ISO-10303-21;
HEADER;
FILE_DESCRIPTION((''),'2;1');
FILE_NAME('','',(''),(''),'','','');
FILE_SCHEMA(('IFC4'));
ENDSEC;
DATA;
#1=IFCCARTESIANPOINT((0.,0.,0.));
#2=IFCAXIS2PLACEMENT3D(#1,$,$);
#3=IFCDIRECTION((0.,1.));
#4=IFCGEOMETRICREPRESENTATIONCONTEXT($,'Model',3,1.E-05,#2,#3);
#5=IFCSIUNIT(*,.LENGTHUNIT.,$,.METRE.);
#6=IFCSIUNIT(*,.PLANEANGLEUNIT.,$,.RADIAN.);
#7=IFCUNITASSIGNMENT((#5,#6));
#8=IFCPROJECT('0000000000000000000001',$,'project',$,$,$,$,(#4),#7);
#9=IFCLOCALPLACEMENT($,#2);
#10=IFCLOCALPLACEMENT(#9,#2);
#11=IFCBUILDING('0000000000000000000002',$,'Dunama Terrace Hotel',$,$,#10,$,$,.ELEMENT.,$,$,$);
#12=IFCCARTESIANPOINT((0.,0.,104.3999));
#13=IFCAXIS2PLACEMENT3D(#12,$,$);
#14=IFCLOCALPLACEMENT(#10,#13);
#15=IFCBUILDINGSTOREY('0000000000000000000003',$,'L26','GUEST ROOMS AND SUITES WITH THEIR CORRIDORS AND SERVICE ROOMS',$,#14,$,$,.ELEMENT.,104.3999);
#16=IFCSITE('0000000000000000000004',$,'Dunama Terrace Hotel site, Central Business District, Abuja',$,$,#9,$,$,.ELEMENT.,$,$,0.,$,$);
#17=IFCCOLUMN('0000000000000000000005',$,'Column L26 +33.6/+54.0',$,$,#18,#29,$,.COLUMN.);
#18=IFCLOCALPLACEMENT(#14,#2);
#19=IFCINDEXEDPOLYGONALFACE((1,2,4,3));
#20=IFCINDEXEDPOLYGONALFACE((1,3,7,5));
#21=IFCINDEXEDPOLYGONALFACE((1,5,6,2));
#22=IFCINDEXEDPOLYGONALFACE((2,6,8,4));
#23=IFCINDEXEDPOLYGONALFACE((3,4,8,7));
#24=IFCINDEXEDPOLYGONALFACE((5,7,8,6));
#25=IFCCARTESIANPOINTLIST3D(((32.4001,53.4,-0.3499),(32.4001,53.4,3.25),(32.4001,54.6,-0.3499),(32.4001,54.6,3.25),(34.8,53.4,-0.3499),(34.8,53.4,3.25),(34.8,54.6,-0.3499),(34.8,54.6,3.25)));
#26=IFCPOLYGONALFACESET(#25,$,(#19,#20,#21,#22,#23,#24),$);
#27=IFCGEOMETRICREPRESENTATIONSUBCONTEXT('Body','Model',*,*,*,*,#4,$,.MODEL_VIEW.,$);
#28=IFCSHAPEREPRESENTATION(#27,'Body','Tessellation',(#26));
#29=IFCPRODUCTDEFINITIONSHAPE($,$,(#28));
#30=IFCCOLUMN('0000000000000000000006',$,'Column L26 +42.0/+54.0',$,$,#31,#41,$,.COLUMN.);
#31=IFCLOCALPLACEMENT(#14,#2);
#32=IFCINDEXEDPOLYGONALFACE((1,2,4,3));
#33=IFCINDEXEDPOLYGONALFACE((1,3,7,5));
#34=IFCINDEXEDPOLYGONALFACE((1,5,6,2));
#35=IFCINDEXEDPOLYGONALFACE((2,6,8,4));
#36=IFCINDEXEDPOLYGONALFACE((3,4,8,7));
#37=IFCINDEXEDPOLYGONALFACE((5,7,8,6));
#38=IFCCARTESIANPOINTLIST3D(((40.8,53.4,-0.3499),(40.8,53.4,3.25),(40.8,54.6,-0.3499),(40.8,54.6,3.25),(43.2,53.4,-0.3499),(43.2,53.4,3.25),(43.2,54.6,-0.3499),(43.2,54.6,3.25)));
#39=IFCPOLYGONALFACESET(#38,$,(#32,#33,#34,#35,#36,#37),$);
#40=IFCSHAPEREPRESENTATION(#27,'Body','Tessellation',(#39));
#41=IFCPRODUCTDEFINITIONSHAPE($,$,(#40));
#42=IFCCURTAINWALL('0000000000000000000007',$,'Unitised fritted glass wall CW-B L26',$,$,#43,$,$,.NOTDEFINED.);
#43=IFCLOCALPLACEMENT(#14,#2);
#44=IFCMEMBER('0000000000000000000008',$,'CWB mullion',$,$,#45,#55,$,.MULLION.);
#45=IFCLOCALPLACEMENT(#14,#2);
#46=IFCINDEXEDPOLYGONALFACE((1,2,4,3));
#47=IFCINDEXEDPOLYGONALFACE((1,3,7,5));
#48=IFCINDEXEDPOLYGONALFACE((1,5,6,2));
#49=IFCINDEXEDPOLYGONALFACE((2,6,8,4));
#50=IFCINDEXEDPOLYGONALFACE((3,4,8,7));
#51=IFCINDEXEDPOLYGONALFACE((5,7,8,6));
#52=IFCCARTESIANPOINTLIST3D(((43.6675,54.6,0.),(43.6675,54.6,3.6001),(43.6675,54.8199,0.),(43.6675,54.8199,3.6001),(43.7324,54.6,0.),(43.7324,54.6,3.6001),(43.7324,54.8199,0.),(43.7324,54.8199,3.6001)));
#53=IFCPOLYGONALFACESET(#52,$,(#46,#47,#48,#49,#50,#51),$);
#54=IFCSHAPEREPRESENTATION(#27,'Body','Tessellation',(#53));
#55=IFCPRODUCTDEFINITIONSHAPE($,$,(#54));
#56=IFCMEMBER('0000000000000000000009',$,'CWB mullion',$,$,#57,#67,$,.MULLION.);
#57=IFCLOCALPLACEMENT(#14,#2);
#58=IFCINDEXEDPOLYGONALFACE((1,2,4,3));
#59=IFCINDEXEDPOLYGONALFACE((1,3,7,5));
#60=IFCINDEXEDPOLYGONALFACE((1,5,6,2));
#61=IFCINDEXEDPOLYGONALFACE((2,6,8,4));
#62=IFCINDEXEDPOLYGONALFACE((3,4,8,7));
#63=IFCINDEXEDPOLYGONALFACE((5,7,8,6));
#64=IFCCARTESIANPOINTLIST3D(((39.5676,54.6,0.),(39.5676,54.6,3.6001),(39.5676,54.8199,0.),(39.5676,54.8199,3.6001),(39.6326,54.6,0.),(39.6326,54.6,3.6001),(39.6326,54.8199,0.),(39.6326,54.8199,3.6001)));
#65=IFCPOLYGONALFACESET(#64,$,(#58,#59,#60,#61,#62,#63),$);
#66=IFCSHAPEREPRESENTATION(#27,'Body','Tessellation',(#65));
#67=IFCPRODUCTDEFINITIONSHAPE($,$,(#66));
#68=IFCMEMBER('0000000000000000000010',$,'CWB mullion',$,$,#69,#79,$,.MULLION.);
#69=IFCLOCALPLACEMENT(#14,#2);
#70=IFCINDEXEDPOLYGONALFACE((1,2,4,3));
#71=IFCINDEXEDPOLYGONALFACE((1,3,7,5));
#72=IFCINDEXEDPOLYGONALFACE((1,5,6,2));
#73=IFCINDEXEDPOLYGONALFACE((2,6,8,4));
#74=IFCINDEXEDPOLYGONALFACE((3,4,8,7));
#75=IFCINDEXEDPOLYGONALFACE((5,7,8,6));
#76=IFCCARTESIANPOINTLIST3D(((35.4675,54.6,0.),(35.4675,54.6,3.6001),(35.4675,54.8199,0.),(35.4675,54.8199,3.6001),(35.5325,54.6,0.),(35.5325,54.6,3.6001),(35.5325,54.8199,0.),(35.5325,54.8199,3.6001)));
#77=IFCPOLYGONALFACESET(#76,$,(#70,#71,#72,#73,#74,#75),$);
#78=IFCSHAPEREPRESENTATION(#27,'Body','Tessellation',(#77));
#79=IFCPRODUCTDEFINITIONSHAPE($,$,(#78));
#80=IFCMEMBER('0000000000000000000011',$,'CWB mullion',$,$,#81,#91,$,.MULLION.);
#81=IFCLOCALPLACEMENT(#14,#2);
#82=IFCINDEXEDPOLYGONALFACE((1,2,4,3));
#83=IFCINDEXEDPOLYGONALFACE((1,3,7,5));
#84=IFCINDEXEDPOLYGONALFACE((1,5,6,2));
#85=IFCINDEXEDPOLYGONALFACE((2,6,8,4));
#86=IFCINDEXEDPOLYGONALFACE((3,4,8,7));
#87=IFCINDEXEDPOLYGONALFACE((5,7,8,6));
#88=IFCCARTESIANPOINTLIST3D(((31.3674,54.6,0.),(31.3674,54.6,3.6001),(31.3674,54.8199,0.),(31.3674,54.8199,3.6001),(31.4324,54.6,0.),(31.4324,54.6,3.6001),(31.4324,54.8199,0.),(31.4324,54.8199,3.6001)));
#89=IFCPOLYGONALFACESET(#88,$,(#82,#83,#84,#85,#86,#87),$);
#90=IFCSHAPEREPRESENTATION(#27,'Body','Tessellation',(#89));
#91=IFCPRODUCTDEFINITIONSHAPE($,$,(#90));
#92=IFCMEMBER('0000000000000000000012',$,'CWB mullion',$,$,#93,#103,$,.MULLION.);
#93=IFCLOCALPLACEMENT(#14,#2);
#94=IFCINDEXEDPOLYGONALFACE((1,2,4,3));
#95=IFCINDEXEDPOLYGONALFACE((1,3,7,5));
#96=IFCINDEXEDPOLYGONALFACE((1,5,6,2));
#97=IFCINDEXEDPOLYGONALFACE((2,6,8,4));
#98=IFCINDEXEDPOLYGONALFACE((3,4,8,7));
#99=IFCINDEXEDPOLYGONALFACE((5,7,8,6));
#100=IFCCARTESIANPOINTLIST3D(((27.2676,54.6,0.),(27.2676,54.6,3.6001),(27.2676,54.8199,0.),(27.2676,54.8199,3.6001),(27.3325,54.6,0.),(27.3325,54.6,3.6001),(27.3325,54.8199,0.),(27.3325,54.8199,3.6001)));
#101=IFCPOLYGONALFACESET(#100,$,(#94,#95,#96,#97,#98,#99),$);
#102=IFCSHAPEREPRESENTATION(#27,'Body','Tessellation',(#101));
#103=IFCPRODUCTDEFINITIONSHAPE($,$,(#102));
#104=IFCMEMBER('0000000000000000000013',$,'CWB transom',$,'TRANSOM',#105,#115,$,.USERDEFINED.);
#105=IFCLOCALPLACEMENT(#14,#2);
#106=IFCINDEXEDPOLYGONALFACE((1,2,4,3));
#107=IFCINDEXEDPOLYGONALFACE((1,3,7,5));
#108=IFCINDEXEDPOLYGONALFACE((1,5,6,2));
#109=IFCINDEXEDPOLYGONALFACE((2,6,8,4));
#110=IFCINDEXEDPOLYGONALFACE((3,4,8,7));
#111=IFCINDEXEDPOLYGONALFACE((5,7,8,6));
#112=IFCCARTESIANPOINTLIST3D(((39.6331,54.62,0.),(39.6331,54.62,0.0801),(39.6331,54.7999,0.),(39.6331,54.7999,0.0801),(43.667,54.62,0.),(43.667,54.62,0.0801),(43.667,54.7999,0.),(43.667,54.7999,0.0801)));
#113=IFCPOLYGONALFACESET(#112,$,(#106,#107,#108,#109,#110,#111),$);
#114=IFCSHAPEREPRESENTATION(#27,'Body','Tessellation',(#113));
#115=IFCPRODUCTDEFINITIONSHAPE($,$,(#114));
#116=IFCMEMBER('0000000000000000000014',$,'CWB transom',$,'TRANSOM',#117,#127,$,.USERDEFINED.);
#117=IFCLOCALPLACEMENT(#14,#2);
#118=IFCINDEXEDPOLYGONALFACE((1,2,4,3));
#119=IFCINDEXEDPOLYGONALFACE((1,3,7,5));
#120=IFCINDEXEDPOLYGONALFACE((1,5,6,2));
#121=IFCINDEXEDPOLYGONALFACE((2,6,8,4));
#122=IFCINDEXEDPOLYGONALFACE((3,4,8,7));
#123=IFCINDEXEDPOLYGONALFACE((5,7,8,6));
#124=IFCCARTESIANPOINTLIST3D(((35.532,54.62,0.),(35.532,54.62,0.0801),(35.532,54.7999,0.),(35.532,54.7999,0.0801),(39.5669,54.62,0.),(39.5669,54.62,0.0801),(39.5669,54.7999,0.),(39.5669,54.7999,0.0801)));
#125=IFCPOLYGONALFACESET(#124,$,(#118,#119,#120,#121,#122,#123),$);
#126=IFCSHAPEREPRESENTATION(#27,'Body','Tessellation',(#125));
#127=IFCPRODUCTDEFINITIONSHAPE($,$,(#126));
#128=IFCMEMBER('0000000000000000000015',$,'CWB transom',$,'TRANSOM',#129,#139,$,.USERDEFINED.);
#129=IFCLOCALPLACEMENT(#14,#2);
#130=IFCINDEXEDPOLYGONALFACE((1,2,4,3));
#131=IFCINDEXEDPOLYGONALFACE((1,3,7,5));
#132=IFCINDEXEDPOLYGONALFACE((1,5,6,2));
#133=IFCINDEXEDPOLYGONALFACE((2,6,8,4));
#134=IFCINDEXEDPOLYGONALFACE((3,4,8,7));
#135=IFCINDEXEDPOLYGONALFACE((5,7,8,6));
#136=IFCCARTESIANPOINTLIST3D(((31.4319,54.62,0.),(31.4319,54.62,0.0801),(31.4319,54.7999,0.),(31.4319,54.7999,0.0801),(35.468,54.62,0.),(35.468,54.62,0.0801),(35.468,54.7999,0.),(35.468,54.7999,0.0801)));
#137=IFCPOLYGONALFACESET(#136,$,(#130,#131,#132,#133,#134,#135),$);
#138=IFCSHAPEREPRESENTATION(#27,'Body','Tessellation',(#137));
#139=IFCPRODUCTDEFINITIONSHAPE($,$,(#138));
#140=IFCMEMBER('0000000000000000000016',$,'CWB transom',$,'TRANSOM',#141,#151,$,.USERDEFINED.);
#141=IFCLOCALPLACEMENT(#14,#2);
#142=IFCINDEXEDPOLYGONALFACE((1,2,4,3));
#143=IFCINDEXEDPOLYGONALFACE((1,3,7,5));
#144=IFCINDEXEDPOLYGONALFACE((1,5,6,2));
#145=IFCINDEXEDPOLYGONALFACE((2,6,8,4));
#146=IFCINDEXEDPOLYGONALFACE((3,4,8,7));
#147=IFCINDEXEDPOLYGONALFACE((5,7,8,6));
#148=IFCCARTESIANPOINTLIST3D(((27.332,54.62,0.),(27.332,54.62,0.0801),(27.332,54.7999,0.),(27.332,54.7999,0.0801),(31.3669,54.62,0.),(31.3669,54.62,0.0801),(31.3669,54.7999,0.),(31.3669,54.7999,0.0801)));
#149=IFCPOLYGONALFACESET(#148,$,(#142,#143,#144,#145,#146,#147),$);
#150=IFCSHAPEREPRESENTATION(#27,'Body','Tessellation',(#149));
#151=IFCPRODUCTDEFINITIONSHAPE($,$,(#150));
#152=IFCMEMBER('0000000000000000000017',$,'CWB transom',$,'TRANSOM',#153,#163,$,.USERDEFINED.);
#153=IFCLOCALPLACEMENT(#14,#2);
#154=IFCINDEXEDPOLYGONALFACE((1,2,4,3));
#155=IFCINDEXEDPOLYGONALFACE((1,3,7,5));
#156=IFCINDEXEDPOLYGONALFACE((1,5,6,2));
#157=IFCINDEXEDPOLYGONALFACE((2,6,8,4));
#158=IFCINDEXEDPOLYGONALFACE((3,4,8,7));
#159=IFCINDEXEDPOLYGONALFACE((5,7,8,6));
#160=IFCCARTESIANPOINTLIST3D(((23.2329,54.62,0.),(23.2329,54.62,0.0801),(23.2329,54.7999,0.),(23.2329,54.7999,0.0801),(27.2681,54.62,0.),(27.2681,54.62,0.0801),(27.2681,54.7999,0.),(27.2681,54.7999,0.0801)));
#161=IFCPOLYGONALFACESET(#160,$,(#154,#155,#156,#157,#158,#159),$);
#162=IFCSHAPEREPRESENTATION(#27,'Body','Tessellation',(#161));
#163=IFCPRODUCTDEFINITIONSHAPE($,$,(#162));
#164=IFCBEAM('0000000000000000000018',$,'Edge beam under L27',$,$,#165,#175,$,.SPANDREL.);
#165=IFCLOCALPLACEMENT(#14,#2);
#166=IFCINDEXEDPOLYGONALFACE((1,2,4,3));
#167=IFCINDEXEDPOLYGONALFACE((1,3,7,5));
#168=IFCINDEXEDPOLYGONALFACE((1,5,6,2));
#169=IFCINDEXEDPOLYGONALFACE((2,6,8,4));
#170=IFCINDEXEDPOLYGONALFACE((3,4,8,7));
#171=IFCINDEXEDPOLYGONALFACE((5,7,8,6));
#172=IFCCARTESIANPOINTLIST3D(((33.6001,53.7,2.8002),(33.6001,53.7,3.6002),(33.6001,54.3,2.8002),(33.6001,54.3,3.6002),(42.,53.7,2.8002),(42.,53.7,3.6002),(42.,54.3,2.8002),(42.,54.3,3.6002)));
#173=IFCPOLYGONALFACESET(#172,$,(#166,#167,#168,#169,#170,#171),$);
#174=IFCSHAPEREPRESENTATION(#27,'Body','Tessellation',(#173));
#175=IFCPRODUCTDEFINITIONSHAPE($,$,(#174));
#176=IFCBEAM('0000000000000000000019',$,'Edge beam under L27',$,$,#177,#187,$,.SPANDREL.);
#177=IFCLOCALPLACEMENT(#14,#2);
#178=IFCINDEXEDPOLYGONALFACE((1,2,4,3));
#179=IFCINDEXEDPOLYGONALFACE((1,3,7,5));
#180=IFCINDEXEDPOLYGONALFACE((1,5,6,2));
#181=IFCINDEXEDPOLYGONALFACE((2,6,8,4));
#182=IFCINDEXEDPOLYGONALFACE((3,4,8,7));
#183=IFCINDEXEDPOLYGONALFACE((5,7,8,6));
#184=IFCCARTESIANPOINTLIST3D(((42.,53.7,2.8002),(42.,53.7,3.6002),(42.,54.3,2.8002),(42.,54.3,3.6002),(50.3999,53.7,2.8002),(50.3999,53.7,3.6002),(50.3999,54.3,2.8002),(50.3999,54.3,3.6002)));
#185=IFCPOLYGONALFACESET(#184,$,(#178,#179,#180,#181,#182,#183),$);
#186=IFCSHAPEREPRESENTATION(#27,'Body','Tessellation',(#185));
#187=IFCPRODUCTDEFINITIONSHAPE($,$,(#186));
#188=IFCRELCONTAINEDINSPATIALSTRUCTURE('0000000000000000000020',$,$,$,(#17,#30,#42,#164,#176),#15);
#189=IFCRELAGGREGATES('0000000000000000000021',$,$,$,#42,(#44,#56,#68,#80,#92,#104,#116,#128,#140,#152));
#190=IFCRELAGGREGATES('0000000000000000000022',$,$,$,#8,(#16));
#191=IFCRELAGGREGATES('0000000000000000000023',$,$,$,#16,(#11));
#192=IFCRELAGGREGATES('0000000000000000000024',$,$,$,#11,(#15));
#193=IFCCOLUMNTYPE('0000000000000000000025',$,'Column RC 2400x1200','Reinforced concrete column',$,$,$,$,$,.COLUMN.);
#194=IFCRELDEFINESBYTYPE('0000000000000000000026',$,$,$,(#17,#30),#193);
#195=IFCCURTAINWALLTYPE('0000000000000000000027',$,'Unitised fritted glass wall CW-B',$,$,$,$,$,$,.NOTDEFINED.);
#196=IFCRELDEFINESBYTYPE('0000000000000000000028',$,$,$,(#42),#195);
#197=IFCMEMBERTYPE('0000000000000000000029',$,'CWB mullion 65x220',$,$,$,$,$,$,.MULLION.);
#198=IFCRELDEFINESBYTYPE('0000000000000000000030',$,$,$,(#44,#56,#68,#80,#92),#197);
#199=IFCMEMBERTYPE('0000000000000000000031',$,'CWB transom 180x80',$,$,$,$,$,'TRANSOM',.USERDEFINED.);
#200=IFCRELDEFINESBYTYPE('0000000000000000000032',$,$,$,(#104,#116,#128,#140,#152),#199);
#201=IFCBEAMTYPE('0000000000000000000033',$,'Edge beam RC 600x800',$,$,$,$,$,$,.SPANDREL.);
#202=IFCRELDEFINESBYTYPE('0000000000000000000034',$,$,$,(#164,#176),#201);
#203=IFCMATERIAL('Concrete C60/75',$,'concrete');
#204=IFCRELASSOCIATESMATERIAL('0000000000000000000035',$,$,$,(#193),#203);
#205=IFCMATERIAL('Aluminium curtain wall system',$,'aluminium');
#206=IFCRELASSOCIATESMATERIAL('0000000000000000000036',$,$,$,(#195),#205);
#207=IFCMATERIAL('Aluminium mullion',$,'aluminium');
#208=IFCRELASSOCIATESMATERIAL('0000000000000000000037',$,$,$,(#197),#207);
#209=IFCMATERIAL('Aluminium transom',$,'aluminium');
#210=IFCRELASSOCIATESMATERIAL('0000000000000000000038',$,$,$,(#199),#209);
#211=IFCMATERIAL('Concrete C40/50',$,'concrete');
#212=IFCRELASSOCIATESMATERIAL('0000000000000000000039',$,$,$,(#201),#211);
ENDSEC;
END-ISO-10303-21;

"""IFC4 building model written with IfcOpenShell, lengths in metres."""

from ifc_helpers import new_model, si_unit, direction, frame, origin, origin_2d, place, context, subcontext, project, spatial, rectangle, extrude, material, material_profile, profile_set, type_object, element, aggregate, save


model = new_model("IFC4")

# Units and contexts
model_context = context("Model", 3, precision=1e-05, world=origin(), true_north=direction((0.0, 1.0)))
body_context = subcontext(model_context, "Body", "Model", "MODEL_VIEW")
ifc_project = project(units=[si_unit("LENGTHUNIT", "METRE"), si_unit("PLANEANGLEUNIT", "RADIAN")], contexts=[model_context])

# Site, building, storey
site_placement = place(None, origin())
site = spatial("IfcSite", under=ifc_project, at=site_placement, Name="Dunama Terrace Hotel site, Central Business District, Abuja", CompositionType="ELEMENT", RefElevation=0.0)
building_placement = place(site_placement, origin())
building = spatial("IfcBuilding", under=site, at=building_placement, Name="Dunama Terrace Hotel", CompositionType="ELEMENT")
storey_placement = place(building_placement, frame((0.0, 0.0, 104.3999)))
storey = spatial("IfcBuildingStorey", under=building, at=storey_placement, Name="L26", Description="GUEST ROOMS AND SUITES WITH THEIR CORRIDORS AND SERVICE ROOMS", CompositionType="ELEMENT", Elevation=104.3999)

# Columns
ifc_material_1 = material(Name="Concrete C60/75", Category="concrete")
ifc_material_profile_1 = material_profile(ifc_material_1, rectangle(XDim=2.3999, YDim=1.2, at=origin_2d()), Name="RC 2400x1200")
ifc_profile_set_1 = profile_set([ifc_material_profile_1], Name="Concrete C60/75")
column_type = type_object("IfcColumnType", Name="Column RC 2400x1200", Description="Reinforced concrete column", PredefinedType="COLUMN", material=ifc_profile_set_1)
for number, where, z_axis, x_axis, name in (
    (1, (33.6001, 54.0, -0.3499), (0.0, 0.0, 1.0), (1.0, 0.0, 0.0), "Column L26 +33.6/+54.0"),
    (2, (42.0, 54.0, -0.3499), (0.0, 0.0, 1.0), (1.0, 0.0, 0.0), "Column L26 +42.0/+54.0"),
):
    element("IfcColumn", number, at=place(storey_placement, frame(where, z_axis=z_axis, x_axis=x_axis)), inside=storey, type_object=column_type, Name=name, PredefinedType="COLUMN", context=body_context, shape_type="SweptSolid", body=[
        extrude(rectangle(XDim=2.3999, YDim=1.2, at=origin_2d()), origin(), (0.0, 0.0, 1.0), 3.5999),
    ])

# Curtain wall, members
ifc_material_2 = material(Name="Aluminium curtain wall system", Category="aluminium")
curtain_wall_type = type_object("IfcCurtainWallType", Name="Unitised fritted glass wall CW-B", PredefinedType="NOTDEFINED", material=ifc_material_2)
curtain_wall_placement = place(storey_placement, origin())
curtain_wall = element("IfcCurtainWall", 3, at=curtain_wall_placement, inside=storey, type_object=curtain_wall_type, Name="Unitised fritted glass wall CW-B L26", PredefinedType="NOTDEFINED")
ifc_material_3 = material(Name="Aluminium mullion", Category="aluminium")
ifc_material_profile_2 = material_profile(ifc_material_3, rectangle(XDim=0.0649, YDim=0.22, at=origin_2d()), Name="CWB MULLION 65X220")
ifc_profile_set_2 = profile_set([ifc_material_profile_2], Name="Aluminium mullion")
member_type_1 = type_object("IfcMemberType", Name="CWB mullion 65x220", PredefinedType="MULLION", material=ifc_profile_set_2)
member_1_placement = place(storey_placement, frame((43.7, 54.71, 0.0), z_axis=(0.0, 0.0, 1.0), x_axis=(-1.0, 0.0, 0.0)))
member_1 = element("IfcMember", 4, at=member_1_placement, type_object=member_type_1, Name="CWB mullion", PredefinedType="MULLION", context=body_context, shape_type="SweptSolid", body=[
    extrude(rectangle(XDim=0.0649, YDim=0.22, at=origin_2d()), origin(), (0.0, 0.0, 1.0), 3.6001),
])
member_2_placement = place(storey_placement, frame((39.6001, 54.71, 0.0), z_axis=(0.0, 0.0, 1.0), x_axis=(-1.0, 0.0, 0.0)))
member_2 = element("IfcMember", 5, at=member_2_placement, type_object=member_type_1, Name="CWB mullion", PredefinedType="MULLION", context=body_context, shape_type="SweptSolid", body=[
    extrude(rectangle(XDim=0.0649, YDim=0.22, at=origin_2d()), origin(), (0.0, 0.0, 1.0), 3.6001),
])
member_3_placement = place(storey_placement, frame((35.5, 54.71, 0.0), z_axis=(0.0, 0.0, 1.0), x_axis=(-1.0, 0.0, 0.0)))
member_3 = element("IfcMember", 6, at=member_3_placement, type_object=member_type_1, Name="CWB mullion", PredefinedType="MULLION", context=body_context, shape_type="SweptSolid", body=[
    extrude(rectangle(XDim=0.0649, YDim=0.22, at=origin_2d()), origin(), (0.0, 0.0, 1.0), 3.6001),
])
member_4_placement = place(storey_placement, frame((31.3999, 54.71, 0.0), z_axis=(0.0, 0.0, 1.0), x_axis=(-1.0, 0.0, 0.0)))
member_4 = element("IfcMember", 7, at=member_4_placement, type_object=member_type_1, Name="CWB mullion", PredefinedType="MULLION", context=body_context, shape_type="SweptSolid", body=[
    extrude(rectangle(XDim=0.0649, YDim=0.22, at=origin_2d()), origin(), (0.0, 0.0, 1.0), 3.6001),
])
member_5_placement = place(storey_placement, frame((27.3, 54.71, 0.0), z_axis=(0.0, 0.0, 1.0), x_axis=(-1.0, 0.0, 0.0)))
member_5 = element("IfcMember", 8, at=member_5_placement, type_object=member_type_1, Name="CWB mullion", PredefinedType="MULLION", context=body_context, shape_type="SweptSolid", body=[
    extrude(rectangle(XDim=0.0649, YDim=0.22, at=origin_2d()), origin(), (0.0, 0.0, 1.0), 3.6001),
])
ifc_material_4 = material(Name="Aluminium transom", Category="aluminium")
ifc_material_profile_3 = material_profile(ifc_material_4, rectangle(XDim=0.1799, YDim=0.0801, at=origin_2d()), Name="CWB TRANSOM 180X80")
ifc_profile_set_3 = profile_set([ifc_material_profile_3], Name="Aluminium transom")
member_type_2 = type_object("IfcMemberType", Name="CWB transom 180x80", ElementType="TRANSOM", PredefinedType="USERDEFINED", material=ifc_profile_set_3)
member_6_placement = place(storey_placement, frame((43.667, 54.71, 0.04), z_axis=(-1.0, 0.0, 0.0), x_axis=(0.0, -1.0, 0.0)))
member_6 = element("IfcMember", 9, at=member_6_placement, type_object=member_type_2, Name="CWB transom", ObjectType="TRANSOM", PredefinedType="USERDEFINED", context=body_context, shape_type="SweptSolid", body=[
    extrude(rectangle(XDim=0.1799, YDim=0.0801, at=origin_2d()), origin(), (0.0, 0.0, 1.0), 4.0339),
])
member_7_placement = place(storey_placement, frame((39.5669, 54.71, 0.04), z_axis=(-1.0, 0.0, 0.0), x_axis=(0.0, -1.0, 0.0)))
member_7 = element("IfcMember", 10, at=member_7_placement, type_object=member_type_2, Name="CWB transom", ObjectType="TRANSOM", PredefinedType="USERDEFINED", context=body_context, shape_type="SweptSolid", body=[
    extrude(rectangle(XDim=0.1799, YDim=0.0801, at=origin_2d()), origin(), (0.0, 0.0, 1.0), 4.0349),
])
member_8_placement = place(storey_placement, frame((35.468, 54.71, 0.04), z_axis=(-1.0, 0.0, 0.0), x_axis=(0.0, -1.0, 0.0)))
member_8 = element("IfcMember", 11, at=member_8_placement, type_object=member_type_2, Name="CWB transom", ObjectType="TRANSOM", PredefinedType="USERDEFINED", context=body_context, shape_type="SweptSolid", body=[
    extrude(rectangle(XDim=0.1799, YDim=0.0801, at=origin_2d()), origin(), (0.0, 0.0, 1.0), 4.0361),
])
member_9_placement = place(storey_placement, frame((31.3669, 54.71, 0.04), z_axis=(-1.0, 0.0, 0.0), x_axis=(0.0, -1.0, 0.0)))
member_9 = element("IfcMember", 12, at=member_9_placement, type_object=member_type_2, Name="CWB transom", ObjectType="TRANSOM", PredefinedType="USERDEFINED", context=body_context, shape_type="SweptSolid", body=[
    extrude(rectangle(XDim=0.1799, YDim=0.0801, at=origin_2d()), origin(), (0.0, 0.0, 1.0), 4.0349),
])
member_10_placement = place(storey_placement, frame((27.2681, 54.71, 0.04), z_axis=(-1.0, 0.0, 0.0), x_axis=(0.0, -1.0, 0.0)))
member_10 = element("IfcMember", 13, at=member_10_placement, type_object=member_type_2, Name="CWB transom", ObjectType="TRANSOM", PredefinedType="USERDEFINED", context=body_context, shape_type="SweptSolid", body=[
    extrude(rectangle(XDim=0.1799, YDim=0.0801, at=origin_2d()), origin(), (0.0, 0.0, 1.0), 4.0352),
])

# Beams
ifc_material_5 = material(Name="Concrete C40/50", Category="concrete")
ifc_material_profile_4 = material_profile(ifc_material_5, rectangle(XDim=0.6001, YDim=0.8, at=origin_2d()), Name="RC 600x800")
ifc_profile_set_4 = profile_set([ifc_material_profile_4], Name="Concrete C40/50")
beam_type = type_object("IfcBeamType", Name="Edge beam RC 600x800", PredefinedType="SPANDREL", material=ifc_profile_set_4)
for number, where, z_axis, x_axis, name in (
    (14, (33.6001, 54.0, 3.2002), (1.0, 0.0, 0.0), (0.0, 1.0, 0.0), "Edge beam under L27"),
    (15, (42.0, 54.0, 3.2002), (1.0, 0.0, 0.0), (0.0, 1.0, 0.0), "Edge beam under L27"),
):
    element("IfcBeam", number, at=place(storey_placement, frame(where, z_axis=z_axis, x_axis=x_axis)), inside=storey, type_object=beam_type, Name=name, PredefinedType="SPANDREL", context=body_context, shape_type="SweptSolid", body=[
        extrude(rectangle(XDim=0.6001, YDim=0.8, at=origin_2d()), origin(), (0.0, 0.0, 1.0), 8.3999),
    ])

aggregate(curtain_wall, [member_1, member_2, member_3, member_4, member_5, member_6, member_7, member_8, member_9, member_10])

save(model, "model.ifc")
